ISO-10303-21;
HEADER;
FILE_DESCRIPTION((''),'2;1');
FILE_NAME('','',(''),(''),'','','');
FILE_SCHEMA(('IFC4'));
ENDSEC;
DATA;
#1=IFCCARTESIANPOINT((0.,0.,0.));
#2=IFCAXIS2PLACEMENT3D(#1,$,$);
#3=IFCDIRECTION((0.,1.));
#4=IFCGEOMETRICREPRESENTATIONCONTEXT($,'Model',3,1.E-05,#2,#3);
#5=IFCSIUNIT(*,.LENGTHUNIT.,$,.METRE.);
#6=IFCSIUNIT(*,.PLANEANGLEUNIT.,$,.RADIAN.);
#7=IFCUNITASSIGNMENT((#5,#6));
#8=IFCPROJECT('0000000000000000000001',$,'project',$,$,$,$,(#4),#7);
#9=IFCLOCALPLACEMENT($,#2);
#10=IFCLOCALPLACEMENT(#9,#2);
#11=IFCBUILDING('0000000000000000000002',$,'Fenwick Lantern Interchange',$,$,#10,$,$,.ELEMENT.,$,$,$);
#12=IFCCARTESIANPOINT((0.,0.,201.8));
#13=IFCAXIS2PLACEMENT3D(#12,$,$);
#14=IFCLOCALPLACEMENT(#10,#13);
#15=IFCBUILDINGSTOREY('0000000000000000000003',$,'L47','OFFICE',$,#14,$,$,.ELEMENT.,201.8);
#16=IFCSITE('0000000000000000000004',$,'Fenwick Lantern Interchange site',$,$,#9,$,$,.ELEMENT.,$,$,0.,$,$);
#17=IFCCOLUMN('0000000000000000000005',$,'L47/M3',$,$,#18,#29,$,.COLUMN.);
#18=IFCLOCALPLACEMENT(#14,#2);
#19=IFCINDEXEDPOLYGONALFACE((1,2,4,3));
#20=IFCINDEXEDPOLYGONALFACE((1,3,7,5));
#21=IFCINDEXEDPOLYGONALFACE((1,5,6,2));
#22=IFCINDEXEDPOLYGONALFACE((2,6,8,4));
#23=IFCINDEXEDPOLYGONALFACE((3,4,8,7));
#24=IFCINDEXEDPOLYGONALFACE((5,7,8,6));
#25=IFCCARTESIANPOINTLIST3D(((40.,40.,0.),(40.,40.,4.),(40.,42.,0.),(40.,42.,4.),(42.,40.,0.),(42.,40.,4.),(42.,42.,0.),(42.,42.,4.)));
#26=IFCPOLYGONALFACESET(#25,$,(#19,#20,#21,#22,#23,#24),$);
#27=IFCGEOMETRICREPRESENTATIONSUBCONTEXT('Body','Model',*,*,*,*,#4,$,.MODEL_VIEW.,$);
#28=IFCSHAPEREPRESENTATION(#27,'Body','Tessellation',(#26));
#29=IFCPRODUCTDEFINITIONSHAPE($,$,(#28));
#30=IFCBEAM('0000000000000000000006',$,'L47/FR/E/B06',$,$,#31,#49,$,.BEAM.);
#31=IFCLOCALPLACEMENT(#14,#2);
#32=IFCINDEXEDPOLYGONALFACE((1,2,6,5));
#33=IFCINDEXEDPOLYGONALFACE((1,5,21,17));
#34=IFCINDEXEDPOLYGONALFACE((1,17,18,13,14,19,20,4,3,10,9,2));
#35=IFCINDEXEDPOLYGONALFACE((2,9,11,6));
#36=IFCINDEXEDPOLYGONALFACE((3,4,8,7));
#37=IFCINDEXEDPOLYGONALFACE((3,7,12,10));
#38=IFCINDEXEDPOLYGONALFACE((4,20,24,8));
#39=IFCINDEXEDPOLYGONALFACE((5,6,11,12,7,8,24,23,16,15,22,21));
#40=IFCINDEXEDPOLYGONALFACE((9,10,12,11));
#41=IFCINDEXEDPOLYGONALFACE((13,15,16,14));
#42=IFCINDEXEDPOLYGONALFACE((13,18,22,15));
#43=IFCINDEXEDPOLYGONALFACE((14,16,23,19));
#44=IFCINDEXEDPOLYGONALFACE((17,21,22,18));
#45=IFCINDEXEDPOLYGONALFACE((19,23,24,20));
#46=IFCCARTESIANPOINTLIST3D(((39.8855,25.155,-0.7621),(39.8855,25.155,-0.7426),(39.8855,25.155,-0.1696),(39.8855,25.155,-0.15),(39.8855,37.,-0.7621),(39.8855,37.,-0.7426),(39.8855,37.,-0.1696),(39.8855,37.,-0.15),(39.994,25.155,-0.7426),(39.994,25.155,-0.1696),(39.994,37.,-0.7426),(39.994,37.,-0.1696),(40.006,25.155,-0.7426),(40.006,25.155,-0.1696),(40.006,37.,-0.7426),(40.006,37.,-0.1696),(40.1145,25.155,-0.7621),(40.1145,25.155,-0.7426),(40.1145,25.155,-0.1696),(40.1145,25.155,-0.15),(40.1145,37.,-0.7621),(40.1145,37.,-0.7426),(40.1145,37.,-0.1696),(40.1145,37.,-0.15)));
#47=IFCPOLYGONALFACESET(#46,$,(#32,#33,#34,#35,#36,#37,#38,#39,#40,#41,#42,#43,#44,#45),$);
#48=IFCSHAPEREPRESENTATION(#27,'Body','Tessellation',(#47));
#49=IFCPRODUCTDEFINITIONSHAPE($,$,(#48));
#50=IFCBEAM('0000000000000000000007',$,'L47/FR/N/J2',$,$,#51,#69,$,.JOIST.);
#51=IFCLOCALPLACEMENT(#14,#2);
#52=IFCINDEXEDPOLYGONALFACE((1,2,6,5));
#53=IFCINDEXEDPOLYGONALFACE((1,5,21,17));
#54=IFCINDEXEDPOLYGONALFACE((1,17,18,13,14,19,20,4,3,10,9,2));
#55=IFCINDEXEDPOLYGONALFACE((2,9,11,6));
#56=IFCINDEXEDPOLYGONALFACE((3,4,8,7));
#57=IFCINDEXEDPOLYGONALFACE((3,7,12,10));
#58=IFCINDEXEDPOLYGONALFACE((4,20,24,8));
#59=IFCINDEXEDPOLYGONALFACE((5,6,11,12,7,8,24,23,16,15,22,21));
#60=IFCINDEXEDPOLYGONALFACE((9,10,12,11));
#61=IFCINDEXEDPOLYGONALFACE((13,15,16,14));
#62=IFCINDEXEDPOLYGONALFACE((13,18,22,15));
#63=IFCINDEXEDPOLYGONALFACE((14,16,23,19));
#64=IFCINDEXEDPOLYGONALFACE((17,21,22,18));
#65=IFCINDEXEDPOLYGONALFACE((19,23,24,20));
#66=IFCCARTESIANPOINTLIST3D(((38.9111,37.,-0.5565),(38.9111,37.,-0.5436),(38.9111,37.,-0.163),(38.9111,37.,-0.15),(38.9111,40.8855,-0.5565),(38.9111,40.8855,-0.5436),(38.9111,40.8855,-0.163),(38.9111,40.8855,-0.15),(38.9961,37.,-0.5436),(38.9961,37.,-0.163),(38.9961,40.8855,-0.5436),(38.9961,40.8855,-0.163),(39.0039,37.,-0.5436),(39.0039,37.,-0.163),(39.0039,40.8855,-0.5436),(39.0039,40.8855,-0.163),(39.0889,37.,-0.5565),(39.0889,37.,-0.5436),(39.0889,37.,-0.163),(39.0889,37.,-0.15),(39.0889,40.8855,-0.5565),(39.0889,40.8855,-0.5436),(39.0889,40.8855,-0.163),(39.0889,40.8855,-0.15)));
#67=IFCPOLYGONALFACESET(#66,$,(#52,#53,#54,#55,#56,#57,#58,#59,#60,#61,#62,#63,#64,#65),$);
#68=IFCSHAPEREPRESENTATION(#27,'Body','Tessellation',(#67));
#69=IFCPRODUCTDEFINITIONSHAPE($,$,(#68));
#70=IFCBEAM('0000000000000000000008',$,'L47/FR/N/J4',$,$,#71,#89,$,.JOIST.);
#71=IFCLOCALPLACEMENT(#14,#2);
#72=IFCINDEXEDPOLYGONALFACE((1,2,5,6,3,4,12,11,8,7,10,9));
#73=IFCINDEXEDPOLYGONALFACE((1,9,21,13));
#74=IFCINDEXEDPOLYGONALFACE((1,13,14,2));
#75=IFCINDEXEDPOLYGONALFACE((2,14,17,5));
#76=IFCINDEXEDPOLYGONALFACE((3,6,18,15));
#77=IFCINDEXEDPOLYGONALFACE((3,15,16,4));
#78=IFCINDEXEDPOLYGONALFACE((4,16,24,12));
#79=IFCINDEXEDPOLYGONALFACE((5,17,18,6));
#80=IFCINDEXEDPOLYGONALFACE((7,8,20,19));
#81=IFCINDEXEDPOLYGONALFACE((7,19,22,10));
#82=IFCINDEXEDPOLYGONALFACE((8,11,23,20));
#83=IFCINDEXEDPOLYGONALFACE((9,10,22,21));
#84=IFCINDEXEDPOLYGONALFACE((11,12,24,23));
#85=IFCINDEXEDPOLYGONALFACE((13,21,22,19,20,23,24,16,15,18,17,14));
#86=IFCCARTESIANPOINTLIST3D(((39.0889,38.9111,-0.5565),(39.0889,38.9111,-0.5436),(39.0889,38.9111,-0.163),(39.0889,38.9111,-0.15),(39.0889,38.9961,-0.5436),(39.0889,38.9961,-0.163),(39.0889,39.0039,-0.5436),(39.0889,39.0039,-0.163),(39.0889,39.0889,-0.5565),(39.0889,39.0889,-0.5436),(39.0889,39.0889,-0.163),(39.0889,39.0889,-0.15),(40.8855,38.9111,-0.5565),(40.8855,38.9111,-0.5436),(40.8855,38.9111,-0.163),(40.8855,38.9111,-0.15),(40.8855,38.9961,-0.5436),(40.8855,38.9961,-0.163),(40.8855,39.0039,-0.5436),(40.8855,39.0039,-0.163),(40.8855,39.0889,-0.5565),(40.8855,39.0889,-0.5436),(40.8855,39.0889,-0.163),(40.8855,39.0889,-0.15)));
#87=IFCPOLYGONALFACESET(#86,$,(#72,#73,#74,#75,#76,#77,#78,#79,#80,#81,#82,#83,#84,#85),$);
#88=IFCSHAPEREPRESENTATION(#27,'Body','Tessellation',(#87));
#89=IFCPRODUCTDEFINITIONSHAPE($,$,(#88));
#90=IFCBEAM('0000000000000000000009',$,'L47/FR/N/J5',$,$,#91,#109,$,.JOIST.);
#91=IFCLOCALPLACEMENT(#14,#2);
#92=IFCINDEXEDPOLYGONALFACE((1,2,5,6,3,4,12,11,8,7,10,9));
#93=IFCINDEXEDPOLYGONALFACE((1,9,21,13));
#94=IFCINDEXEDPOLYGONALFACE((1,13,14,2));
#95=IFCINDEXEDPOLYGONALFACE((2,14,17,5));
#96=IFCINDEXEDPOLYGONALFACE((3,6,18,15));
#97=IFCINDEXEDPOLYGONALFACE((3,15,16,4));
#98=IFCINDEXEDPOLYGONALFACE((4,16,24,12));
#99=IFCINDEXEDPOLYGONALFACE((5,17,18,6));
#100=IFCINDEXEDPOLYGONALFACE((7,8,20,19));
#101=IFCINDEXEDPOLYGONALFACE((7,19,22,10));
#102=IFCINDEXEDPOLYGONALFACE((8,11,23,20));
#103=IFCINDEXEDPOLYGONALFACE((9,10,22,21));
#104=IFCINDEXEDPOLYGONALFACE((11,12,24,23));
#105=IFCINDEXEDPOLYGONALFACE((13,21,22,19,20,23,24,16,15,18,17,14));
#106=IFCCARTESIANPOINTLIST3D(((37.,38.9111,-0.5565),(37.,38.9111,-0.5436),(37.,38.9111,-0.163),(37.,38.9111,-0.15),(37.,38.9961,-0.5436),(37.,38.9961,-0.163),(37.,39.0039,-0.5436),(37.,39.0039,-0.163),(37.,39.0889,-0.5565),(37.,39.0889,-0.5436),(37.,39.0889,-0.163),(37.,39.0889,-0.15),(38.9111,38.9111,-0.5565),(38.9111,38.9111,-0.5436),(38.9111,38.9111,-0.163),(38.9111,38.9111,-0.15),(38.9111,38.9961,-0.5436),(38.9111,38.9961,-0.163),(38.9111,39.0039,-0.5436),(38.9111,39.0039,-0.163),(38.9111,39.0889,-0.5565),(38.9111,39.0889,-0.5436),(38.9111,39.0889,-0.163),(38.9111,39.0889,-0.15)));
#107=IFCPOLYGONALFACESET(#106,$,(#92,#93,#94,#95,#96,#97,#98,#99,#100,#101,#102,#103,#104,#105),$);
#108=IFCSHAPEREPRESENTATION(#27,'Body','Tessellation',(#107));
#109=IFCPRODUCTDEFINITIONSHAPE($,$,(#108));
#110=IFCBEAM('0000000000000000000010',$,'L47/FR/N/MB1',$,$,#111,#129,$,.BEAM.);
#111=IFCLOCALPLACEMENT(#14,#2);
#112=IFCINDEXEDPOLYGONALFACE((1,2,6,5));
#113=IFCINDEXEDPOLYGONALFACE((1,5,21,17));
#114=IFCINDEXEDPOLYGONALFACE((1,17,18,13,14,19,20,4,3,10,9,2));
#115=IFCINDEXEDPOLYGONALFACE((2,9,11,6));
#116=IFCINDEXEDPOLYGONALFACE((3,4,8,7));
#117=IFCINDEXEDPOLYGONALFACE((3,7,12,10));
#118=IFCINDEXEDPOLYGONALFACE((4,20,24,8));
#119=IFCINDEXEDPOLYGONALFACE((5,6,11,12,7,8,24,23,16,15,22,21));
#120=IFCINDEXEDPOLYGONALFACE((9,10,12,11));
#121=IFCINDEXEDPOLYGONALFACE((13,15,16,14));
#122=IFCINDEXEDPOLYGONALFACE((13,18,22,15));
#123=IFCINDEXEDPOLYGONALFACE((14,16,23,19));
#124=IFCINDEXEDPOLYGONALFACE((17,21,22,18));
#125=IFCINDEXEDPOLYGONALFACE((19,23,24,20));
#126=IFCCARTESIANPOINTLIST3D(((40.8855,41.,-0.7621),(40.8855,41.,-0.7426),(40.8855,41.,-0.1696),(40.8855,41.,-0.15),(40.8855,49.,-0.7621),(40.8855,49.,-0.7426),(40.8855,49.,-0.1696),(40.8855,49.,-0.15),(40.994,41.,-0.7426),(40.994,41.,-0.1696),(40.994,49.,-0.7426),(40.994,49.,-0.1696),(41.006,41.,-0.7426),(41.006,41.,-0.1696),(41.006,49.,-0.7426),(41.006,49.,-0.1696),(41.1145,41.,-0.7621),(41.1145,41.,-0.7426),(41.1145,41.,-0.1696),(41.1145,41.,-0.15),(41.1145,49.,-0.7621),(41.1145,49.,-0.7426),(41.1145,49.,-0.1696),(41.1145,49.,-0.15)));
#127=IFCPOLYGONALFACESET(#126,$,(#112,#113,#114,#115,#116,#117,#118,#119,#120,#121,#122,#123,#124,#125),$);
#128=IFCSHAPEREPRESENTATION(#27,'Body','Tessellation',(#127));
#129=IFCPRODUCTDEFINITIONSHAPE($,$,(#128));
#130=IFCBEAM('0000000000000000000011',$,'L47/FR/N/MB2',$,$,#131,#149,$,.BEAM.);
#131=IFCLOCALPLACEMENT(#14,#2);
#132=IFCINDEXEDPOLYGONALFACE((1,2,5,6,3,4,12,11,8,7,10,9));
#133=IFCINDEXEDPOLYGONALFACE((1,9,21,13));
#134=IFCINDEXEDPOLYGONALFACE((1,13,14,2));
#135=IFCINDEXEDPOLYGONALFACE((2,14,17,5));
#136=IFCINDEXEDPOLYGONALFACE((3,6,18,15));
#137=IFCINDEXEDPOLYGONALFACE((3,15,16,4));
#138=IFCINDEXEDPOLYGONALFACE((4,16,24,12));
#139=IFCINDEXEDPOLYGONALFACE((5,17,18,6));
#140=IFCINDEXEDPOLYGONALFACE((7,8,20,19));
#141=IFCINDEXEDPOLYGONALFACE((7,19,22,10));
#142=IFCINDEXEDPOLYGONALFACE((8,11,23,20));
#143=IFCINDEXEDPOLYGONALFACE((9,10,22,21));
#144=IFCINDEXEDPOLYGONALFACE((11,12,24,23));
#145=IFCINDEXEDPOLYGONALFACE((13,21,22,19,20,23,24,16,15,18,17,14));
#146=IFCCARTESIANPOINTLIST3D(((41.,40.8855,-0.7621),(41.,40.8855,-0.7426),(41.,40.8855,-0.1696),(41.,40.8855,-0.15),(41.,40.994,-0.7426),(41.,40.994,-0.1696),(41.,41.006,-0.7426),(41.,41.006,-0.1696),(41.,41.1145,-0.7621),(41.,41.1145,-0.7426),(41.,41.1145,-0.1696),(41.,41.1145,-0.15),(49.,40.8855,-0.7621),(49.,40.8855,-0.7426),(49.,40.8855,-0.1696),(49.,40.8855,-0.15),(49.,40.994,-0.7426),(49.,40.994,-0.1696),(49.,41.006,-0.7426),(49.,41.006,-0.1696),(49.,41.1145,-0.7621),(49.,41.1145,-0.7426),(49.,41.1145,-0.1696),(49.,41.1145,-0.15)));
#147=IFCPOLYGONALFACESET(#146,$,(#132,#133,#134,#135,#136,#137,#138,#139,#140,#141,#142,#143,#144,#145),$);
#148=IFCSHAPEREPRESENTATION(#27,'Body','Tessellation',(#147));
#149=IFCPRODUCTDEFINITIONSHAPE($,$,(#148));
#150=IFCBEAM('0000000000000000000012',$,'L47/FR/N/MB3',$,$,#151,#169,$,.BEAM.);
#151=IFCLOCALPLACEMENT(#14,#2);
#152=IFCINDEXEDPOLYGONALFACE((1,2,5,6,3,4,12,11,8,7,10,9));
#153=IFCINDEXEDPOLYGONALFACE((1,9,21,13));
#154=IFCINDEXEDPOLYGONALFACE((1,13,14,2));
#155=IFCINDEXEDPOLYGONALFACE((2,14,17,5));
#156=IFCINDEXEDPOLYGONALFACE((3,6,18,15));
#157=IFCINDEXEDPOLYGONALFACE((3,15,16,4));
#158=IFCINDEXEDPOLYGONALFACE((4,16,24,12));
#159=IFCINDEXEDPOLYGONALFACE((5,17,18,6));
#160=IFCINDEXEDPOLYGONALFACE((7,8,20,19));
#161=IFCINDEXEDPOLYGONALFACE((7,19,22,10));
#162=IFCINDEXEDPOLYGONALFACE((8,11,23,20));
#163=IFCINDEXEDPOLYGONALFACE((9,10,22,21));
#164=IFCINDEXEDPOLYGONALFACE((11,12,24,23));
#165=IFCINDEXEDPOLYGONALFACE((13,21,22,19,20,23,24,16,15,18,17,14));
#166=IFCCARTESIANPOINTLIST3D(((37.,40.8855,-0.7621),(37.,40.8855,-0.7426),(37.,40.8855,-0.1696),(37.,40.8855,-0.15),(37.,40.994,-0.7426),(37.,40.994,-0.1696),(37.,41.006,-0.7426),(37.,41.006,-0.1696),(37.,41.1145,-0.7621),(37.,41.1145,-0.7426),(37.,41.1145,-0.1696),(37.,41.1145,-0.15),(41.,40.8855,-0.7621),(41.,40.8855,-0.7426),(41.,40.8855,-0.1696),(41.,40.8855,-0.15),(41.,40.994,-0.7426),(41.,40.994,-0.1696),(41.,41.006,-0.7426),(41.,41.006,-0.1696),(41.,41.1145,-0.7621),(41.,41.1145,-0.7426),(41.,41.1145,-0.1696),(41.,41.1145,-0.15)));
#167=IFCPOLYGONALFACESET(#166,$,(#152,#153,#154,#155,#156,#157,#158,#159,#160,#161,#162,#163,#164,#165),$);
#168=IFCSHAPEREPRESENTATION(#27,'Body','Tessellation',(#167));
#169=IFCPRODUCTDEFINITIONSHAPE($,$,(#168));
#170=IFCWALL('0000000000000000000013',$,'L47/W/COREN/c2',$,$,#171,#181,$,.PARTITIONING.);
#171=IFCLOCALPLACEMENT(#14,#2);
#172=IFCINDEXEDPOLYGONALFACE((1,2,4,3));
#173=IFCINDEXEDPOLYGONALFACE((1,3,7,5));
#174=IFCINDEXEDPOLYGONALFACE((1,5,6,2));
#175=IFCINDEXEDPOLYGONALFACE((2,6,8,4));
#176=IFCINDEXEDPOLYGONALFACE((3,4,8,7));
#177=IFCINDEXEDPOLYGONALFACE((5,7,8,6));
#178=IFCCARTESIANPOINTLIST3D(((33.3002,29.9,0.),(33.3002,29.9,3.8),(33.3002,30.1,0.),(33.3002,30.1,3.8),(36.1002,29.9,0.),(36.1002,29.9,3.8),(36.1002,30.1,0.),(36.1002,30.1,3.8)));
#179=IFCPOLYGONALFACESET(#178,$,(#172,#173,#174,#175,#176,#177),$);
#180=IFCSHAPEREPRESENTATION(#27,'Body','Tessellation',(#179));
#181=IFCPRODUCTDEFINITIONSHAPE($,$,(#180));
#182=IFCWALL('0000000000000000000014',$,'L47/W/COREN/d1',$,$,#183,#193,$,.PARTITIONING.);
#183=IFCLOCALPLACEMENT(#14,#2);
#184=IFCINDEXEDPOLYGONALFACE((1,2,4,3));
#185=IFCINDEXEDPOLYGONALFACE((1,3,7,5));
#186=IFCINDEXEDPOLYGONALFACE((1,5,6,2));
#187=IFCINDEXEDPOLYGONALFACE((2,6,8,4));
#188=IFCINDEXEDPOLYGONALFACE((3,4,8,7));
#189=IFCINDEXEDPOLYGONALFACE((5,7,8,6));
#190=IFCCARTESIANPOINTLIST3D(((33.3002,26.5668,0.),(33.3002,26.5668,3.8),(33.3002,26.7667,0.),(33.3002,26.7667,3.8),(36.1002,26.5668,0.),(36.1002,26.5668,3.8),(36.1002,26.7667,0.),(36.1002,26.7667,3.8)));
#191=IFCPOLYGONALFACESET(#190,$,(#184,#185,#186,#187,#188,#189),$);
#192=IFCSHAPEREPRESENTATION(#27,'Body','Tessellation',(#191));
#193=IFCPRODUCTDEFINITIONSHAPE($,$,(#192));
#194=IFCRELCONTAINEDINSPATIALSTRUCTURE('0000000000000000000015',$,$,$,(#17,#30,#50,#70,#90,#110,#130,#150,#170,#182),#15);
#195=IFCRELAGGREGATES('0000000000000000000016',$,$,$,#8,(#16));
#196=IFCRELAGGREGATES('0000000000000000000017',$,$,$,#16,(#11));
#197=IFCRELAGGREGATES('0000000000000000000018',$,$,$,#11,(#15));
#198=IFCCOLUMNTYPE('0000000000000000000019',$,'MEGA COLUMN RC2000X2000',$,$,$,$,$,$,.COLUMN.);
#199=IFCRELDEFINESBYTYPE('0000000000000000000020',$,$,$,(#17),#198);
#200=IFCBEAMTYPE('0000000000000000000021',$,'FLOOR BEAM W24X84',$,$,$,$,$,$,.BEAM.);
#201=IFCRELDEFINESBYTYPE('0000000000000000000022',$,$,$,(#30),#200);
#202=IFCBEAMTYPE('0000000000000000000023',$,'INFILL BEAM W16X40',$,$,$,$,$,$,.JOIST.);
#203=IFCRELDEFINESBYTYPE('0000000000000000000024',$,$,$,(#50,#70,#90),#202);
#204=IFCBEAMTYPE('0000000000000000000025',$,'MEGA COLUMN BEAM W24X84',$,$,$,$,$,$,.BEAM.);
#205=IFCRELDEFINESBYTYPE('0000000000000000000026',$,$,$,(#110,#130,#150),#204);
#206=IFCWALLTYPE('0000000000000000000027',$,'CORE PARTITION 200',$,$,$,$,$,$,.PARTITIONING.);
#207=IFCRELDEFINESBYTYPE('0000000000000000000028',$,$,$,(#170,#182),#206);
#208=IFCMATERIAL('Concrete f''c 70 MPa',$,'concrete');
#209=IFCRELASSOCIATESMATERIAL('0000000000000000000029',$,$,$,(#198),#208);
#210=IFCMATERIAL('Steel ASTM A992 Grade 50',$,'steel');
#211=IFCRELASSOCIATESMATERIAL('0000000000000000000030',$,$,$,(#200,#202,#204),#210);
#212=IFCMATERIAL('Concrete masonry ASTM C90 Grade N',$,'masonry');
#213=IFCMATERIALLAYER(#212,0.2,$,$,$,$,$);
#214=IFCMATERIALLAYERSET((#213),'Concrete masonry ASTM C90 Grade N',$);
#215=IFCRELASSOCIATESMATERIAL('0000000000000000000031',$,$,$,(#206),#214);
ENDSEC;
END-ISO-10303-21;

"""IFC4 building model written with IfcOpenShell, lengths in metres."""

from ifc_helpers import new_model, si_unit, direction, frame, frame_2d, origin, origin_2d, place, context, subcontext, project, spatial, rectangle, i_section, extrude, material, layer, layer_set, material_profile, profile_set, type_object, element, save


model = new_model("IFC4")

# Units and contexts
model_context = context("Model", 3, precision=1e-05, world=origin(), true_north=direction((0.0, 1.0)))
body_context = subcontext(model_context, "Body", "Model", "MODEL_VIEW")
ifc_project = project(units=[si_unit("LENGTHUNIT", "METRE"), si_unit("PLANEANGLEUNIT", "RADIAN")], contexts=[model_context])

# Site, building, storey
site_placement = place(None, origin())
site = spatial("IfcSite", under=ifc_project, at=site_placement, Name="Fenwick Lantern Interchange site", CompositionType="ELEMENT", RefElevation=0.0)
building_placement = place(site_placement, origin())
building = spatial("IfcBuilding", under=site, at=building_placement, Name="Fenwick Lantern Interchange", CompositionType="ELEMENT")
storey_placement = place(building_placement, frame((0.0, 0.0, 201.8)))
storey = spatial("IfcBuildingStorey", under=building, at=storey_placement, Name="L47", Description="OFFICE", CompositionType="ELEMENT", Elevation=201.8)

# Column
ifc_material_1 = material(Name="Concrete f'c 70 MPa", Category="concrete")
ifc_material_profile_1 = material_profile(ifc_material_1, rectangle(XDim=2.0, YDim=2.0, at=origin_2d()), Name="RC2000X2000")
ifc_profile_set_1 = profile_set([ifc_material_profile_1], Name="Concrete f'c 70 MPa")
column_type = type_object("IfcColumnType", Name="MEGA COLUMN RC2000X2000", PredefinedType="COLUMN", material=ifc_profile_set_1)
column_placement = place(storey_placement, frame((41.0, 41.0, 0.0), z_axis=(0.0, 0.0, 1.0), x_axis=(1.0, 0.0, 0.0)))
element("IfcColumn", 1, at=column_placement, inside=storey, type_object=column_type, Name="L47/M3", PredefinedType="COLUMN", context=body_context, shape_type="SweptSolid", body=[
    extrude(rectangle(XDim=2.0, YDim=2.0, at=origin_2d()), origin(), (0.0, 0.0, 1.0), 4.0),
])

# Beams
ifc_material_2 = material(Name="Steel ASTM A992 Grade 50", Category="steel")
ifc_material_profile_2 = material_profile(ifc_material_2, i_section(OverallWidth=0.229, OverallDepth=0.6121, WebThickness=0.012, FlangeThickness=0.0195, at=origin_2d()), Name="W24X84")
ifc_profile_set_2 = profile_set([ifc_material_profile_2], Name="Steel ASTM A992 Grade 50")
beam_type_1 = type_object("IfcBeamType", Name="FLOOR BEAM W24X84", PredefinedType="BEAM", material=ifc_profile_set_2)
beam_1_placement = place(storey_placement, frame((40.0, 25.155, -0.4561), z_axis=(0.0, 1.0, 0.0), x_axis=(-1.0, 0.0, 0.0)))
element("IfcBeam", 2, at=beam_1_placement, inside=storey, type_object=beam_type_1, Name="L47/FR/E/B06", PredefinedType="BEAM", context=body_context, shape_type="SweptSolid", body=[
    extrude(i_section(OverallWidth=0.229, OverallDepth=0.6121, WebThickness=0.012, FlangeThickness=0.0195, at=origin_2d()), origin(), (0.0, 0.0, 1.0), 11.845),
])
ifc_material_profile_3 = material_profile(ifc_material_2, i_section(OverallWidth=0.1777, OverallDepth=0.4065, WebThickness=0.0078, FlangeThickness=0.0129, at=origin_2d()), Name="W16X40")
ifc_profile_set_3 = profile_set([ifc_material_profile_3], Name="Steel ASTM A992 Grade 50")
beam_type_2 = type_object("IfcBeamType", Name="INFILL BEAM W16X40", PredefinedType="JOIST", material=ifc_profile_set_3)
beam_2_placement = place(storey_placement, frame((39.0, 40.8855, -0.3533), z_axis=(0.0, -1.0, 0.0), x_axis=(1.0, 0.0, 0.0)))
element("IfcBeam", 3, at=beam_2_placement, inside=storey, type_object=beam_type_2, Name="L47/FR/N/J2", PredefinedType="JOIST", context=body_context, shape_type="SweptSolid", body=[
    extrude(i_section(OverallWidth=0.1777, OverallDepth=0.4065, WebThickness=0.0078, FlangeThickness=0.0129, at=origin_2d()), origin(), (0.0, 0.0, 1.0), 3.8855),
])
beam_3_placement = place(storey_placement, frame((40.8855, 39.0, -0.3533), z_axis=(-1.0, 0.0, 0.0), x_axis=(0.0, -1.0, 0.0)))
element("IfcBeam", 4, at=beam_3_placement, inside=storey, type_object=beam_type_2, Name="L47/FR/N/J4", PredefinedType="JOIST", context=body_context, shape_type="SweptSolid", body=[
    extrude(i_section(OverallWidth=0.1777, OverallDepth=0.4065, WebThickness=0.0078, FlangeThickness=0.0129, at=origin_2d()), origin(), (0.0, 0.0, 1.0), 1.7966),
])
beam_4_placement = place(storey_placement, frame((38.9111, 39.0, -0.3533), z_axis=(-1.0, 0.0, 0.0), x_axis=(0.0, -1.0, 0.0)))
element("IfcBeam", 5, at=beam_4_placement, inside=storey, type_object=beam_type_2, Name="L47/FR/N/J5", PredefinedType="JOIST", context=body_context, shape_type="SweptSolid", body=[
    extrude(i_section(OverallWidth=0.1777, OverallDepth=0.4065, WebThickness=0.0078, FlangeThickness=0.0129, at=origin_2d()), origin(), (0.0, 0.0, 1.0), 1.9111),
])
ifc_material_profile_4 = material_profile(ifc_material_2, i_section(OverallWidth=0.229, OverallDepth=0.6121, WebThickness=0.012, FlangeThickness=0.0195, at=origin_2d()), Name="W24X84")
ifc_profile_set_4 = profile_set([ifc_material_profile_4], Name="Steel ASTM A992 Grade 50")
beam_type_3 = type_object("IfcBeamType", Name="MEGA COLUMN BEAM W24X84", PredefinedType="BEAM", material=ifc_profile_set_4)
for number, where, z_axis, x_axis, name in (
    (6, (41.0, 41.0, -0.4561), (0.0, 1.0, 0.0), (-1.0, 0.0, 0.0), "L47/FR/N/MB1"),
    (7, (41.0, 41.0, -0.4561), (1.0, 0.0, 0.0), (0.0, 1.0, 0.0), "L47/FR/N/MB2"),
):
    element("IfcBeam", number, at=place(storey_placement, frame(where, z_axis=z_axis, x_axis=x_axis)), inside=storey, type_object=beam_type_3, Name=name, PredefinedType="BEAM", context=body_context, shape_type="SweptSolid", body=[
        extrude(i_section(OverallWidth=0.229, OverallDepth=0.6121, WebThickness=0.012, FlangeThickness=0.0195, at=origin_2d()), origin(), (0.0, 0.0, 1.0), 8.0),
    ])
beam_5_placement = place(storey_placement, frame((41.0, 41.0, -0.4561), z_axis=(-1.0, 0.0, 0.0), x_axis=(0.0, -1.0, 0.0)))
element("IfcBeam", 8, at=beam_5_placement, inside=storey, type_object=beam_type_3, Name="L47/FR/N/MB3", PredefinedType="BEAM", context=body_context, shape_type="SweptSolid", body=[
    extrude(i_section(OverallWidth=0.229, OverallDepth=0.6121, WebThickness=0.012, FlangeThickness=0.0195, at=origin_2d()), origin(), (0.0, 0.0, 1.0), 4.0),
])

# Walls
ifc_material_3 = material(Name="Concrete masonry ASTM C90 Grade N", Category="masonry")
ifc_layer_1 = layer(ifc_material_3, 0.2)
ifc_layer_set_1 = layer_set([ifc_layer_1], Name="Concrete masonry ASTM C90 Grade N")
wall_type_1 = type_object("IfcWallType", Name="CORE PARTITION 200", PredefinedType="PARTITIONING", material=ifc_layer_set_1)
for number, where, z_axis, x_axis, name in (
    (9, (36.1001, 30.0, 0.0), (0.0, 0.0, 1.0), (-1.0, 0.0, 0.0), "L47/W/COREN/c2"),
    (10, (36.1001, 26.6667, 0.0), (0.0, 0.0, 1.0), (-1.0, 0.0, 0.0), "L47/W/COREN/d1"),
):
    element("IfcWall", number, at=place(storey_placement, frame(where, z_axis=z_axis, x_axis=x_axis)), inside=storey, type_object=wall_type_1, Name=name, PredefinedType="PARTITIONING", context=body_context, shape_type="SweptSolid", body=[
        extrude(rectangle(XDim=2.8, YDim=0.2, at=frame_2d((1.3999, 0.0))), origin(), (0.0, 0.0, 1.0), 3.8),
    ])

save(model, "model.ifc")
